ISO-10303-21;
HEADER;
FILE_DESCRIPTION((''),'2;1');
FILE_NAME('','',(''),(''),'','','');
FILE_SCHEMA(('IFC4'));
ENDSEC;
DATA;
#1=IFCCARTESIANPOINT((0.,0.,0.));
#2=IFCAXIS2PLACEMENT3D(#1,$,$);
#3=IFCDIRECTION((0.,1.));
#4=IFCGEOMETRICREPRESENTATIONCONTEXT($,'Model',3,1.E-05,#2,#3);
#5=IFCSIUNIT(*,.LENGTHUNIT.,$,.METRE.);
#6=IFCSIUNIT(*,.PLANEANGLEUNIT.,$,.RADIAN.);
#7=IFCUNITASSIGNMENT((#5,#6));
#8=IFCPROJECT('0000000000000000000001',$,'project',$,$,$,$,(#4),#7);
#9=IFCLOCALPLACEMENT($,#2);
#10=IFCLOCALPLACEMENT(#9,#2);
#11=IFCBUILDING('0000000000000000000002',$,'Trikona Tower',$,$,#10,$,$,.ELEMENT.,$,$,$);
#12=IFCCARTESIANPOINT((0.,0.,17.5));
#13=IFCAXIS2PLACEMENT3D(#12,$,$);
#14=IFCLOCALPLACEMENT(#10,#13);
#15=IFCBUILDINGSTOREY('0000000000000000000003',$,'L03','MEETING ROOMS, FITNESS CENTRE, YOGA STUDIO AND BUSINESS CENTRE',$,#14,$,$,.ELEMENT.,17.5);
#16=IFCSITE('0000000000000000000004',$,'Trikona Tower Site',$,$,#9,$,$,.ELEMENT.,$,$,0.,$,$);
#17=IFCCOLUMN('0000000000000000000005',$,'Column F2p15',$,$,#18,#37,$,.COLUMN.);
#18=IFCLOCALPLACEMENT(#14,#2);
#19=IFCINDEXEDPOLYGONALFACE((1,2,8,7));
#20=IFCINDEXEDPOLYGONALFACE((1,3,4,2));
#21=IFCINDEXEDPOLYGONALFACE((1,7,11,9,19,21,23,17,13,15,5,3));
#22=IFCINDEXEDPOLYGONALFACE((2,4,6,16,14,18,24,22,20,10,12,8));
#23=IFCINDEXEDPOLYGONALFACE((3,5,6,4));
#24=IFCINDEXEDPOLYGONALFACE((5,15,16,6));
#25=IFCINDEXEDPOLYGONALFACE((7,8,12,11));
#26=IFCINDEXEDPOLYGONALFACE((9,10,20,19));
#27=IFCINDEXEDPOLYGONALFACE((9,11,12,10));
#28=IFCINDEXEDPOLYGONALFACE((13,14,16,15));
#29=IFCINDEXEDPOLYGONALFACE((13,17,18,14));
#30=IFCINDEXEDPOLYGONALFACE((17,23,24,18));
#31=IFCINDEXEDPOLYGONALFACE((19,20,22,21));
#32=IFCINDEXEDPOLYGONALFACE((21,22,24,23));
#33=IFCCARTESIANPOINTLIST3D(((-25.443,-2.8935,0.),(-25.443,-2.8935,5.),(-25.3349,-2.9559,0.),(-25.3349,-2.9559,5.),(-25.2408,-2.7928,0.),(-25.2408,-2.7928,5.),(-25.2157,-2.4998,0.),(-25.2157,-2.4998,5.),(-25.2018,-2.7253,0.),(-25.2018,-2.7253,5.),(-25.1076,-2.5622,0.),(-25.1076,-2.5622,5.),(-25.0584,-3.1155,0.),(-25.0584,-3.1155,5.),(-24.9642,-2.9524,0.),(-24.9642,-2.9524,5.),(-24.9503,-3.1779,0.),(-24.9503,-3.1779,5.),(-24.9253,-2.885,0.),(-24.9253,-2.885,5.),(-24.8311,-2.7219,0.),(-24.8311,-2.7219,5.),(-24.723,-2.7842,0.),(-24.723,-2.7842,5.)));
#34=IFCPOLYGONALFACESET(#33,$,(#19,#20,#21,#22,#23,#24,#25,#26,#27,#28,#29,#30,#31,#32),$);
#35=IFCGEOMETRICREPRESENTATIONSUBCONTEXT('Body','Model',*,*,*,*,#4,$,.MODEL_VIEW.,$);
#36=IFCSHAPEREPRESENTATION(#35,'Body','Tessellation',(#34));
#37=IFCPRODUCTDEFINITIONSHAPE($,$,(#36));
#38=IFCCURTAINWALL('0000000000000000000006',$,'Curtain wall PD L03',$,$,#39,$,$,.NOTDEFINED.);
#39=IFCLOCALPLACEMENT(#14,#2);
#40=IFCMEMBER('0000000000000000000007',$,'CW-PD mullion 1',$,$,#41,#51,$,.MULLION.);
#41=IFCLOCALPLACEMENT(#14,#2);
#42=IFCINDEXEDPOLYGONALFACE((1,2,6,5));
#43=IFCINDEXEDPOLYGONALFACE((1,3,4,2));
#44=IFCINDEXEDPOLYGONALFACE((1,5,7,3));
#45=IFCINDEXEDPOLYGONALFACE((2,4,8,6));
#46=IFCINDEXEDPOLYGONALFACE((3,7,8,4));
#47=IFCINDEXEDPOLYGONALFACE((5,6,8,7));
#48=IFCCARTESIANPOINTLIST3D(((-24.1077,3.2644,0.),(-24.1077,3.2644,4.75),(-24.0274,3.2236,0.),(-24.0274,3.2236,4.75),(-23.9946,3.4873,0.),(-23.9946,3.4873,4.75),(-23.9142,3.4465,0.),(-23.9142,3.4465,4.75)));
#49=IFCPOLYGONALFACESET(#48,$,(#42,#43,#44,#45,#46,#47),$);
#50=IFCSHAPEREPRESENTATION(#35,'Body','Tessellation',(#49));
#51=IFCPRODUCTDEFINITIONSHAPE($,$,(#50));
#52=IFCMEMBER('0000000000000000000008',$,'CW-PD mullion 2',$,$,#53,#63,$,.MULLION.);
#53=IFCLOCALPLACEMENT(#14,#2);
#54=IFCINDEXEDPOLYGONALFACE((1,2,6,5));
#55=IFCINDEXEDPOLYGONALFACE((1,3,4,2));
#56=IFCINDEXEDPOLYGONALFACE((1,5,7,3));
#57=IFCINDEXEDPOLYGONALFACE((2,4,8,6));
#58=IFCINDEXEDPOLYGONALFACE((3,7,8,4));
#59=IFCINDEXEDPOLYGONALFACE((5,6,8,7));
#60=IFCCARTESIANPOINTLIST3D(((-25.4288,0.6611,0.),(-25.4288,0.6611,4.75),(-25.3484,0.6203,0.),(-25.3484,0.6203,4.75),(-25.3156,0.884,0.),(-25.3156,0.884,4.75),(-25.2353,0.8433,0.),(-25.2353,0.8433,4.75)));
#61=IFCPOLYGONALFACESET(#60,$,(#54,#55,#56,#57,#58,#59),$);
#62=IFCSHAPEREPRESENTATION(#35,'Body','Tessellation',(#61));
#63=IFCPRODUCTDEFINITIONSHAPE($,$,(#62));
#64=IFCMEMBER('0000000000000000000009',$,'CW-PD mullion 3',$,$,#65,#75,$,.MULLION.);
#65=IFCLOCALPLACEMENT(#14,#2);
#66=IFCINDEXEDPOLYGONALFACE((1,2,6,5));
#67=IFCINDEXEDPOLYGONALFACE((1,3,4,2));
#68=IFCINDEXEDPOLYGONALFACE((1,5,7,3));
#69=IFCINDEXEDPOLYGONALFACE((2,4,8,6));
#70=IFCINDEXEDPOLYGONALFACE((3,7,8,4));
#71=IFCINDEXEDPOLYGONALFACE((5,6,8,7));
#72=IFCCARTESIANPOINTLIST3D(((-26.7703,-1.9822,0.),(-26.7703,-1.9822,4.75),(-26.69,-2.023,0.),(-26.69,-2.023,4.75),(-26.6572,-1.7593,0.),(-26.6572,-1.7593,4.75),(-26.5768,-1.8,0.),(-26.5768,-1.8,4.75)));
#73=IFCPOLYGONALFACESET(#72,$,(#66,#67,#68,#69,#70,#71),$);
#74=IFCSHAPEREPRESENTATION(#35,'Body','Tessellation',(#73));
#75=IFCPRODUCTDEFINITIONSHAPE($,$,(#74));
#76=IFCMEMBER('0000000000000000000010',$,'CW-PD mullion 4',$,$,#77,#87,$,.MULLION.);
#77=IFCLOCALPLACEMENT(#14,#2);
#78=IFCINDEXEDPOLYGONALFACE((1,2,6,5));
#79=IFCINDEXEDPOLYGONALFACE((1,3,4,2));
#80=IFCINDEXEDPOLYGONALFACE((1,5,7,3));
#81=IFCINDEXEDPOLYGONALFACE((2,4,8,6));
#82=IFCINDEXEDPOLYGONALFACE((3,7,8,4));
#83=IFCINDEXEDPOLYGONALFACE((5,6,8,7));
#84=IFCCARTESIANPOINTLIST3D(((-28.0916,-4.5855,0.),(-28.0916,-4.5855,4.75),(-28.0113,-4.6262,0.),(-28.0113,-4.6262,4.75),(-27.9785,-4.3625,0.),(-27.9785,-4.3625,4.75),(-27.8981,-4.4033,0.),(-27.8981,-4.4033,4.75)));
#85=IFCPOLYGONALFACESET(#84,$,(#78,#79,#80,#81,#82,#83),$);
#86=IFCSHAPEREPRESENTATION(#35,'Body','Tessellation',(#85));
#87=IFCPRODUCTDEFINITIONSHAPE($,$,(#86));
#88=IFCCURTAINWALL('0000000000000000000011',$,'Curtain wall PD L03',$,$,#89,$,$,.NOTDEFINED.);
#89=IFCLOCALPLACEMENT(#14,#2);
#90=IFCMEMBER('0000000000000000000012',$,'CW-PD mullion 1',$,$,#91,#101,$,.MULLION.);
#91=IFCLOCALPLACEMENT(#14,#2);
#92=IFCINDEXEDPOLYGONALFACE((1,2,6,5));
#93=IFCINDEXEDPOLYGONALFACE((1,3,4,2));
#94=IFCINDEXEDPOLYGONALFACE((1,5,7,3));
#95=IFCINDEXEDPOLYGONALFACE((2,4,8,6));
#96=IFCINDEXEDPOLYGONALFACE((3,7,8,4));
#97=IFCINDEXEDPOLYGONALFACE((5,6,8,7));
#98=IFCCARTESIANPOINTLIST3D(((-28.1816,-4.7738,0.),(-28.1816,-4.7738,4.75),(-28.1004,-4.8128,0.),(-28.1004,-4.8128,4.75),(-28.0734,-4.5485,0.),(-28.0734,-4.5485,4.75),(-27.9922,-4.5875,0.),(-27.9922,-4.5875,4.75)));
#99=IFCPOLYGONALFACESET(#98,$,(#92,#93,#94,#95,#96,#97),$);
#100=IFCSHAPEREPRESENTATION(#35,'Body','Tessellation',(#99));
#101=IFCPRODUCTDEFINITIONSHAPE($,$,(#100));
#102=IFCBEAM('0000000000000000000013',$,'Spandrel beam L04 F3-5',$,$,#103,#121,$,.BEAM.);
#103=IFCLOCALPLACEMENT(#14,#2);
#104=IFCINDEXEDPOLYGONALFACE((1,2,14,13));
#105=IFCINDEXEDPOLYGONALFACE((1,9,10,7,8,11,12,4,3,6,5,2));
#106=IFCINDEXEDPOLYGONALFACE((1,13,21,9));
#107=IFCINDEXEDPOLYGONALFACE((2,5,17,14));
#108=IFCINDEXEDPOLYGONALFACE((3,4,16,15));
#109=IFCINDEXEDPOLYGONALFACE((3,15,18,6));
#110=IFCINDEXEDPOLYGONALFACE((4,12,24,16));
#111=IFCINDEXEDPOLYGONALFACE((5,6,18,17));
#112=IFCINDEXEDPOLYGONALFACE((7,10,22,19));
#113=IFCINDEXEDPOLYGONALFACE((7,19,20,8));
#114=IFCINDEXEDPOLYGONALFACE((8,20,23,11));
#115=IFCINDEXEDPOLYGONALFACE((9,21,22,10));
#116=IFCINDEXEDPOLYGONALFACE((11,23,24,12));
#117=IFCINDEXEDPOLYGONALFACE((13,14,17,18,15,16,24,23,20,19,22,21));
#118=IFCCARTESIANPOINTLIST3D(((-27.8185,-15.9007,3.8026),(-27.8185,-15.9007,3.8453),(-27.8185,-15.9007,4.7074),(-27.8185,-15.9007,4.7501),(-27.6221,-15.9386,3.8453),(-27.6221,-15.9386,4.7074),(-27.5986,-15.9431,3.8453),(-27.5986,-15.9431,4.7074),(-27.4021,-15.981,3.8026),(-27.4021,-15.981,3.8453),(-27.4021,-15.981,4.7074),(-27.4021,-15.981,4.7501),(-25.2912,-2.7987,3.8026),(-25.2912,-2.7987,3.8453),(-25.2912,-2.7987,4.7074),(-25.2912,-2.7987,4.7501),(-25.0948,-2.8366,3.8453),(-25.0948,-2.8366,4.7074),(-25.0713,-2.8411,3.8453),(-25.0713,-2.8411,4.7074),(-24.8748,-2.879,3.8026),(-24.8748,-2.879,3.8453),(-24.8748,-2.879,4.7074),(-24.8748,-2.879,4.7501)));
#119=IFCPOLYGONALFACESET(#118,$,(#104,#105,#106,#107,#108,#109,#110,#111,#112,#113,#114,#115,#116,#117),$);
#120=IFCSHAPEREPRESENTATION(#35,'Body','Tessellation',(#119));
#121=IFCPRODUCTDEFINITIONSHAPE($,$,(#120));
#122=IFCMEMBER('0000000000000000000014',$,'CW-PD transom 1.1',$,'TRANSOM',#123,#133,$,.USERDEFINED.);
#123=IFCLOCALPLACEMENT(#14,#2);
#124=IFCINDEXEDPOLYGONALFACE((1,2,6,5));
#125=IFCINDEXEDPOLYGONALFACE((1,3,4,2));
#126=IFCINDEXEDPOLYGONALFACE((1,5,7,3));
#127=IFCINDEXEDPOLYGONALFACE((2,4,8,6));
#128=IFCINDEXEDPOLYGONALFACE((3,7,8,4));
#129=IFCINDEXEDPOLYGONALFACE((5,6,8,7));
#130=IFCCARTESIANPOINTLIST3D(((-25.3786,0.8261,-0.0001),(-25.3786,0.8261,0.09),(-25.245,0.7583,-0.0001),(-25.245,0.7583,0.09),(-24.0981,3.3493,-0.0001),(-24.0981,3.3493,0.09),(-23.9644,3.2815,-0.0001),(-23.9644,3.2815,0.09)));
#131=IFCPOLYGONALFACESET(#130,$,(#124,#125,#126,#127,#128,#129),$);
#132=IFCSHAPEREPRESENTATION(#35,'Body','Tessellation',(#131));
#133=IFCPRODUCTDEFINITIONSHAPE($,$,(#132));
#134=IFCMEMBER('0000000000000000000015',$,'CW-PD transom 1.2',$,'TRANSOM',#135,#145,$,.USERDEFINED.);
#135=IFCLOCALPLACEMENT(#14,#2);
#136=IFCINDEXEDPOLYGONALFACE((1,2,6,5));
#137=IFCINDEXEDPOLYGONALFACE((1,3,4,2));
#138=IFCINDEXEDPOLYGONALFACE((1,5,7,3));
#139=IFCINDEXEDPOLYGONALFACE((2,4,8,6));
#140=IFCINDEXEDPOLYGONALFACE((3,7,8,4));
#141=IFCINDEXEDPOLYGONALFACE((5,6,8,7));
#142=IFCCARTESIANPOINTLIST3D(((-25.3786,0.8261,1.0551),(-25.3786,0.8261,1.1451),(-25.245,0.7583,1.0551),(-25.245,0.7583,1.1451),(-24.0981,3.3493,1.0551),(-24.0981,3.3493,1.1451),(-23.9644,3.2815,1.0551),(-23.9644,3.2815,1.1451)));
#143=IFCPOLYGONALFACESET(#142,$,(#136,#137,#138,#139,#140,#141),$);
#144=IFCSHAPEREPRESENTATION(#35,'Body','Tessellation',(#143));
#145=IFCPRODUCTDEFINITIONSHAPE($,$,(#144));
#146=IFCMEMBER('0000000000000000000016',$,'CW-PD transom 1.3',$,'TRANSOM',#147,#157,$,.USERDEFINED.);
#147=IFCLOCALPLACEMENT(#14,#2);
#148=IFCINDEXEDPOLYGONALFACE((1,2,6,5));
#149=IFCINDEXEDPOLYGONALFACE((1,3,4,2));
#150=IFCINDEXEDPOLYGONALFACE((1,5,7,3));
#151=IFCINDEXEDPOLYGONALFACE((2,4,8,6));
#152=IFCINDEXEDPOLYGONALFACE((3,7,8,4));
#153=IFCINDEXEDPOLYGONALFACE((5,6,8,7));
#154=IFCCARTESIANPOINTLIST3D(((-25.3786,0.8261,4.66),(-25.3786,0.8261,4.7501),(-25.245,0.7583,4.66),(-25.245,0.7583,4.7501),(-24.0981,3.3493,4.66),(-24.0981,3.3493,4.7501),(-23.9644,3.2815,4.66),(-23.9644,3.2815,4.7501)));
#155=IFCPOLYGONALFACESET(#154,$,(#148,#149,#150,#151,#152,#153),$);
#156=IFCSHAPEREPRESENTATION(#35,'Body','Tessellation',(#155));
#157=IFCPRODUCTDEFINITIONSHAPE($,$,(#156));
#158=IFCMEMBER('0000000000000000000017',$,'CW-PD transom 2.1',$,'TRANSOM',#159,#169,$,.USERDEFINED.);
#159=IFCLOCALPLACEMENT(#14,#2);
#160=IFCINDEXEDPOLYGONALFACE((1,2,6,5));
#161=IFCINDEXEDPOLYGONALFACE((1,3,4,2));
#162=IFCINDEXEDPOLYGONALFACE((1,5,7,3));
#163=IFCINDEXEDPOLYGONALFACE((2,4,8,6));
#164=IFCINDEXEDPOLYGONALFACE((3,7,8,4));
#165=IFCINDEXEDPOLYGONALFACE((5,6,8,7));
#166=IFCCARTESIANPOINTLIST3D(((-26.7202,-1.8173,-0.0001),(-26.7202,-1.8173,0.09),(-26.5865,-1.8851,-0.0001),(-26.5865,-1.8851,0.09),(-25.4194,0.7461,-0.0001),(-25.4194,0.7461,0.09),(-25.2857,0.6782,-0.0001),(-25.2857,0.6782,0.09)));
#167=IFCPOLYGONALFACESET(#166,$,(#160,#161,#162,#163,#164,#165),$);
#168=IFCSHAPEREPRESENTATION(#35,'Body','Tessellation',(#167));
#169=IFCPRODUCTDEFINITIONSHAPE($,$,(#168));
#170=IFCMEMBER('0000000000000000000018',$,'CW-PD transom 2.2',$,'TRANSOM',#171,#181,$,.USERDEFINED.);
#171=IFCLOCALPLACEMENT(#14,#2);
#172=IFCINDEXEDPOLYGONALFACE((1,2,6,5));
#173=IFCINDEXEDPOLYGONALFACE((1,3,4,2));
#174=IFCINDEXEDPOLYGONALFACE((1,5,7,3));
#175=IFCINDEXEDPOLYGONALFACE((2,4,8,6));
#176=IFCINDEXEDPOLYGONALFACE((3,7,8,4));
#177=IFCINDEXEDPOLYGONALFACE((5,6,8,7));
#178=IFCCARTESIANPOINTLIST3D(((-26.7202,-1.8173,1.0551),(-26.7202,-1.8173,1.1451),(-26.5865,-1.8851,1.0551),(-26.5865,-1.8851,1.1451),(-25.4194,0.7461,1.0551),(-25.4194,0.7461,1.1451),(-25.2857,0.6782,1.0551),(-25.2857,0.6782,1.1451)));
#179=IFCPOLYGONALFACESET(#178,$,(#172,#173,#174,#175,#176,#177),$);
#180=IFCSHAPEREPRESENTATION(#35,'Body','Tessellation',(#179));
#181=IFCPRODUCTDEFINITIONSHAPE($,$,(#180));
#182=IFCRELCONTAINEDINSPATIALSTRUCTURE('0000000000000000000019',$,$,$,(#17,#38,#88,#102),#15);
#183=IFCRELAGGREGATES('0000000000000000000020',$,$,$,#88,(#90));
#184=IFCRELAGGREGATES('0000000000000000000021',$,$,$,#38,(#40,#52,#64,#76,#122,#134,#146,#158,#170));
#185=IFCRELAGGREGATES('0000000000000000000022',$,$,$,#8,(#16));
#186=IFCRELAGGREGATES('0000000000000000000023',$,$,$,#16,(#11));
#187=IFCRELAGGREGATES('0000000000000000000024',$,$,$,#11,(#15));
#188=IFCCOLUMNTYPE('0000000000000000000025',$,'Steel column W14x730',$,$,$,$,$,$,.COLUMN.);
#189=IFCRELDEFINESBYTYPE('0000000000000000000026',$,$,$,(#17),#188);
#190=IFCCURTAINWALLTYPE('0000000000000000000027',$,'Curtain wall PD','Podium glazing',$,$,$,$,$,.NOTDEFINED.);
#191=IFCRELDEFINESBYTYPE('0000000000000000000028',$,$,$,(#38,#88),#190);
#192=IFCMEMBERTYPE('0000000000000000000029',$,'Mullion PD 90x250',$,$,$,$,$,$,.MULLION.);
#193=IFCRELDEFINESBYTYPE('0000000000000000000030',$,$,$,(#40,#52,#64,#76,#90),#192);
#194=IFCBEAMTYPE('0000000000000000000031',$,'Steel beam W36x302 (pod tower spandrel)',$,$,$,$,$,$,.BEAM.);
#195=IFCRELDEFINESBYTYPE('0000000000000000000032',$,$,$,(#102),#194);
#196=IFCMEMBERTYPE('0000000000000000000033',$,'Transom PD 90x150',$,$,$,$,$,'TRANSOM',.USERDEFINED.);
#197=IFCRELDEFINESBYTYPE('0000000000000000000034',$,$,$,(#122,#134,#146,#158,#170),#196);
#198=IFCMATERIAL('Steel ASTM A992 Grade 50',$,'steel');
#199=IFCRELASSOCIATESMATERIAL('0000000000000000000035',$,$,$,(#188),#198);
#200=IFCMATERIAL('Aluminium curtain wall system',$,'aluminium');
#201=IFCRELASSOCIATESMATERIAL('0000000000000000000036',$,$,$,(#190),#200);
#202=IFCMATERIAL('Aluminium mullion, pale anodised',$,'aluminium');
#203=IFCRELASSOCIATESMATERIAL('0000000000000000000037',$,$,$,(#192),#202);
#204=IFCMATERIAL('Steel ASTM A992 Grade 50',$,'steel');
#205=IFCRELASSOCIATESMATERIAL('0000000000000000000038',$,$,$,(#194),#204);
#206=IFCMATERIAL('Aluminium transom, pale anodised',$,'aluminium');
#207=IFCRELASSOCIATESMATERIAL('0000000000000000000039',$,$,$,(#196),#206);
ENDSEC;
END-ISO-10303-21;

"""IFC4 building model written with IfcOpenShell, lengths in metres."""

from ifc_helpers import new_model, si_unit, direction, frame, origin, origin_2d, place, context, subcontext, project, spatial, rectangle, i_section, extrude, material, material_profile, profile_set, type_object, element, aggregate, save


model = new_model("IFC4")

# Units and contexts
model_context = context("Model", 3, precision=1e-05, world=origin(), true_north=direction((0.0, 1.0)))
body_context = subcontext(model_context, "Body", "Model", "MODEL_VIEW")
ifc_project = project(units=[si_unit("LENGTHUNIT", "METRE"), si_unit("PLANEANGLEUNIT", "RADIAN")], contexts=[model_context])

# Site, building, storey
site_placement = place(None, origin())
site = spatial("IfcSite", under=ifc_project, at=site_placement, Name="Trikona Tower Site", CompositionType="ELEMENT", RefElevation=0.0)
building_placement = place(site_placement, origin())
building = spatial("IfcBuilding", under=site, at=building_placement, Name="Trikona Tower", CompositionType="ELEMENT")
storey_placement = place(building_placement, frame((0.0, 0.0, 17.5)))
storey = spatial("IfcBuildingStorey", under=building, at=storey_placement, Name="L03", Description="MEETING ROOMS, FITNESS CENTRE, YOGA STUDIO AND BUSINESS CENTRE", CompositionType="ELEMENT", Elevation=17.5)

# Column
ifc_material_1 = material(Name="Steel ASTM A992 Grade 50", Category="steel")
ifc_material_profile_1 = material_profile(ifc_material_1, i_section(OverallWidth=0.4546, OverallDepth=0.5688, WebThickness=0.0779, FlangeThickness=0.1248, at=origin_2d()), Name="W14X730")
ifc_profile_set_1 = profile_set([ifc_material_profile_1], Name="Steel ASTM A992 Grade 50")
column_type = type_object("IfcColumnType", Name="Steel column W14x730", PredefinedType="COLUMN", material=ifc_profile_set_1)
column_placement = place(storey_placement, frame((-25.083, -2.8389, 0.0), z_axis=(0.0, 0.0, 1.0), x_axis=(-0.5, -0.866025, 0.0)))
element("IfcColumn", 1, at=column_placement, inside=storey, type_object=column_type, Name="Column F2p15", PredefinedType="COLUMN", context=body_context, shape_type="SweptSolid", body=[
    extrude(i_section(OverallWidth=0.4546, OverallDepth=0.5688, WebThickness=0.0779, FlangeThickness=0.1248, at=origin_2d()), origin(), (0.0, 0.0, 1.0), 5.0),
])

# Curtain wall, members
ifc_material_2 = material(Name="Aluminium curtain wall system", Category="aluminium")
curtain_wall_type = type_object("IfcCurtainWallType", Name="Curtain wall PD", Description="Podium glazing", PredefinedType="NOTDEFINED", material=ifc_material_2)
curtain_wall_1_placement = place(storey_placement, origin())
curtain_wall_1 = element("IfcCurtainWall", 2, at=curtain_wall_1_placement, inside=storey, type_object=curtain_wall_type, Name="Curtain wall PD L03", PredefinedType="NOTDEFINED")
ifc_material_3 = material(Name="Aluminium mullion, pale anodised", Category="aluminium")
ifc_material_profile_2 = material_profile(ifc_material_3, rectangle(XDim=0.0901, YDim=0.25, at=origin_2d()), Name="MUL-PD")
ifc_profile_set_2 = profile_set([ifc_material_profile_2], Name="Aluminium mullion, pale anodised")
member_type_1 = type_object("IfcMemberType", Name="Mullion PD 90x250", PredefinedType="MULLION", material=ifc_profile_set_2)
member_1_placement = place(storey_placement, frame((-24.011, 3.3555, 0.0), z_axis=(0.0, 0.0, 1.0), x_axis=(0.891726, -0.452576, 0.0)))
member_1 = element("IfcMember", 3, at=member_1_placement, type_object=member_type_1, Name="CW-PD mullion 1", PredefinedType="MULLION", context=body_context, shape_type="SweptSolid", body=[
    extrude(rectangle(XDim=0.0901, YDim=0.25, at=origin_2d()), origin(), (0.0, 0.0, 1.0), 4.75),
])
member_2_placement = place(storey_placement, frame((-25.332, 0.7522, 0.0), z_axis=(0.0, 0.0, 1.0), x_axis=(0.891726, -0.452576, 0.0)))
member_2 = element("IfcMember", 4, at=member_2_placement, type_object=member_type_1, Name="CW-PD mullion 2", PredefinedType="MULLION", context=body_context, shape_type="SweptSolid", body=[
    extrude(rectangle(XDim=0.0901, YDim=0.25, at=origin_2d()), origin(), (0.0, 0.0, 1.0), 4.75),
])
member_3_placement = place(storey_placement, frame((-26.6736, -1.8911, 0.0), z_axis=(0.0, 0.0, 1.0), x_axis=(0.891726, -0.452576, 0.0)))
member_3 = element("IfcMember", 5, at=member_3_placement, type_object=member_type_1, Name="CW-PD mullion 3", PredefinedType="MULLION", context=body_context, shape_type="SweptSolid", body=[
    extrude(rectangle(XDim=0.0901, YDim=0.25, at=origin_2d()), origin(), (0.0, 0.0, 1.0), 4.75),
])
member_4_placement = place(storey_placement, frame((-27.9949, -4.4944, 0.0), z_axis=(0.0, 0.0, 1.0), x_axis=(0.891726, -0.452576, 0.0)))
member_4 = element("IfcMember", 6, at=member_4_placement, type_object=member_type_1, Name="CW-PD mullion 4", PredefinedType="MULLION", context=body_context, shape_type="SweptSolid", body=[
    extrude(rectangle(XDim=0.0901, YDim=0.25, at=origin_2d()), origin(), (0.0, 0.0, 1.0), 4.75),
])

# Curtain wall, member
curtain_wall_2_placement = place(storey_placement, origin())
curtain_wall_2 = element("IfcCurtainWall", 7, at=curtain_wall_2_placement, inside=storey, type_object=curtain_wall_type, Name="Curtain wall PD L03", PredefinedType="NOTDEFINED")
member_5_placement = place(storey_placement, frame((-28.0869, -4.6807, 0.0), z_axis=(0.0, 0.0, 1.0), x_axis=(0.90141, -0.432967, 0.0)))
member_5 = element("IfcMember", 8, at=member_5_placement, type_object=member_type_1, Name="CW-PD mullion 1", PredefinedType="MULLION", context=body_context, shape_type="SweptSolid", body=[
    extrude(rectangle(XDim=0.0901, YDim=0.25, at=origin_2d()), origin(), (0.0, 0.0, 1.0), 4.75),
])

# Beam
ifc_material_4 = material(Name="Steel ASTM A992 Grade 50", Category="steel")
ifc_material_profile_3 = material_profile(ifc_material_4, i_section(OverallWidth=0.4241, OverallDepth=0.9475, WebThickness=0.0239, FlangeThickness=0.0427, at=origin_2d()), Name="W36X302")
ifc_profile_set_3 = profile_set([ifc_material_profile_3], Name="Steel ASTM A992 Grade 50")
beam_type = type_object("IfcBeamType", Name="Steel beam W36x302 (pod tower spandrel)", PredefinedType="BEAM", material=ifc_profile_set_3)
beam_placement = place(storey_placement, frame((-25.083, -2.8389, 4.2764), z_axis=(-0.189405, -0.981899, 0.0), x_axis=(0.981899, -0.189405, 0.0)))
element("IfcBeam", 9, at=beam_placement, inside=storey, type_object=beam_type, Name="Spandrel beam L04 F3-5", PredefinedType="BEAM", context=body_context, shape_type="SweptSolid", body=[
    extrude(i_section(OverallWidth=0.4241, OverallDepth=0.9475, WebThickness=0.0239, FlangeThickness=0.0427, at=origin_2d()), origin(), (0.0, 0.0, 1.0), 13.3435),
])

# Members
ifc_material_5 = material(Name="Aluminium transom, pale anodised", Category="aluminium")
ifc_material_profile_4 = material_profile(ifc_material_5, rectangle(XDim=0.1499, YDim=0.0901, at=origin_2d()), Name="TRN-PD")
ifc_profile_set_4 = profile_set([ifc_material_profile_4], Name="Aluminium transom, pale anodised")
member_type_2 = type_object("IfcMemberType", Name="Transom PD 90x150", ElementType="TRANSOM", PredefinedType="USERDEFINED", material=ifc_profile_set_4)
member_6_placement = place(storey_placement, frame((-24.0312, 3.3154, 0.0449), z_axis=(-0.452555, -0.891736, 0.0), x_axis=(0.891736, -0.452555, 0.0)))
member_6 = element("IfcMember", 10, at=member_6_placement, type_object=member_type_2, Name="CW-PD transom 1.1", ObjectType="TRANSOM", PredefinedType="USERDEFINED", context=body_context, shape_type="SweptSolid", body=[
    extrude(rectangle(XDim=0.1499, YDim=0.0901, at=origin_2d()), origin(), (0.0, 0.0, 1.0), 2.8296),
])
member_7_placement = place(storey_placement, frame((-24.0312, 3.3154, 1.1001), z_axis=(-0.452555, -0.891736, 0.0), x_axis=(0.891736, -0.452555, 0.0)))
member_7 = element("IfcMember", 11, at=member_7_placement, type_object=member_type_2, Name="CW-PD transom 1.2", ObjectType="TRANSOM", PredefinedType="USERDEFINED", context=body_context, shape_type="SweptSolid", body=[
    extrude(rectangle(XDim=0.1499, YDim=0.0901, at=origin_2d()), origin(), (0.0, 0.0, 1.0), 2.8296),
])
member_8_placement = place(storey_placement, frame((-24.0312, 3.3154, 4.7051), z_axis=(-0.452555, -0.891736, 0.0), x_axis=(0.891736, -0.452555, 0.0)))
member_8 = element("IfcMember", 12, at=member_8_placement, type_object=member_type_2, Name="CW-PD transom 1.3", ObjectType="TRANSOM", PredefinedType="USERDEFINED", context=body_context, shape_type="SweptSolid", body=[
    extrude(rectangle(XDim=0.1499, YDim=0.0901, at=origin_2d()), origin(), (0.0, 0.0, 1.0), 2.8296),
])
member_9_placement = place(storey_placement, frame((-25.3525, 0.7122, 0.0449), z_axis=(-0.45254, -0.891744, 0.0), x_axis=(0.891744, -0.45254, 0.0)))
member_9 = element("IfcMember", 13, at=member_9_placement, type_object=member_type_2, Name="CW-PD transom 2.1", ObjectType="TRANSOM", PredefinedType="USERDEFINED", context=body_context, shape_type="SweptSolid", body=[
    extrude(rectangle(XDim=0.1499, YDim=0.0901, at=origin_2d()), origin(), (0.0, 0.0, 1.0), 2.8745),
])
member_10_placement = place(storey_placement, frame((-25.3525, 0.7122, 1.1001), z_axis=(-0.45254, -0.891744, 0.0), x_axis=(0.891744, -0.45254, 0.0)))
member_10 = element("IfcMember", 14, at=member_10_placement, type_object=member_type_2, Name="CW-PD transom 2.2", ObjectType="TRANSOM", PredefinedType="USERDEFINED", context=body_context, shape_type="SweptSolid", body=[
    extrude(rectangle(XDim=0.1499, YDim=0.0901, at=origin_2d()), origin(), (0.0, 0.0, 1.0), 2.8745),
])
aggregate(curtain_wall_2, [member_5])

aggregate(curtain_wall_1, [member_1, member_2, member_3, member_4, member_6, member_7, member_8, member_9, member_10])

save(model, "model.ifc")
